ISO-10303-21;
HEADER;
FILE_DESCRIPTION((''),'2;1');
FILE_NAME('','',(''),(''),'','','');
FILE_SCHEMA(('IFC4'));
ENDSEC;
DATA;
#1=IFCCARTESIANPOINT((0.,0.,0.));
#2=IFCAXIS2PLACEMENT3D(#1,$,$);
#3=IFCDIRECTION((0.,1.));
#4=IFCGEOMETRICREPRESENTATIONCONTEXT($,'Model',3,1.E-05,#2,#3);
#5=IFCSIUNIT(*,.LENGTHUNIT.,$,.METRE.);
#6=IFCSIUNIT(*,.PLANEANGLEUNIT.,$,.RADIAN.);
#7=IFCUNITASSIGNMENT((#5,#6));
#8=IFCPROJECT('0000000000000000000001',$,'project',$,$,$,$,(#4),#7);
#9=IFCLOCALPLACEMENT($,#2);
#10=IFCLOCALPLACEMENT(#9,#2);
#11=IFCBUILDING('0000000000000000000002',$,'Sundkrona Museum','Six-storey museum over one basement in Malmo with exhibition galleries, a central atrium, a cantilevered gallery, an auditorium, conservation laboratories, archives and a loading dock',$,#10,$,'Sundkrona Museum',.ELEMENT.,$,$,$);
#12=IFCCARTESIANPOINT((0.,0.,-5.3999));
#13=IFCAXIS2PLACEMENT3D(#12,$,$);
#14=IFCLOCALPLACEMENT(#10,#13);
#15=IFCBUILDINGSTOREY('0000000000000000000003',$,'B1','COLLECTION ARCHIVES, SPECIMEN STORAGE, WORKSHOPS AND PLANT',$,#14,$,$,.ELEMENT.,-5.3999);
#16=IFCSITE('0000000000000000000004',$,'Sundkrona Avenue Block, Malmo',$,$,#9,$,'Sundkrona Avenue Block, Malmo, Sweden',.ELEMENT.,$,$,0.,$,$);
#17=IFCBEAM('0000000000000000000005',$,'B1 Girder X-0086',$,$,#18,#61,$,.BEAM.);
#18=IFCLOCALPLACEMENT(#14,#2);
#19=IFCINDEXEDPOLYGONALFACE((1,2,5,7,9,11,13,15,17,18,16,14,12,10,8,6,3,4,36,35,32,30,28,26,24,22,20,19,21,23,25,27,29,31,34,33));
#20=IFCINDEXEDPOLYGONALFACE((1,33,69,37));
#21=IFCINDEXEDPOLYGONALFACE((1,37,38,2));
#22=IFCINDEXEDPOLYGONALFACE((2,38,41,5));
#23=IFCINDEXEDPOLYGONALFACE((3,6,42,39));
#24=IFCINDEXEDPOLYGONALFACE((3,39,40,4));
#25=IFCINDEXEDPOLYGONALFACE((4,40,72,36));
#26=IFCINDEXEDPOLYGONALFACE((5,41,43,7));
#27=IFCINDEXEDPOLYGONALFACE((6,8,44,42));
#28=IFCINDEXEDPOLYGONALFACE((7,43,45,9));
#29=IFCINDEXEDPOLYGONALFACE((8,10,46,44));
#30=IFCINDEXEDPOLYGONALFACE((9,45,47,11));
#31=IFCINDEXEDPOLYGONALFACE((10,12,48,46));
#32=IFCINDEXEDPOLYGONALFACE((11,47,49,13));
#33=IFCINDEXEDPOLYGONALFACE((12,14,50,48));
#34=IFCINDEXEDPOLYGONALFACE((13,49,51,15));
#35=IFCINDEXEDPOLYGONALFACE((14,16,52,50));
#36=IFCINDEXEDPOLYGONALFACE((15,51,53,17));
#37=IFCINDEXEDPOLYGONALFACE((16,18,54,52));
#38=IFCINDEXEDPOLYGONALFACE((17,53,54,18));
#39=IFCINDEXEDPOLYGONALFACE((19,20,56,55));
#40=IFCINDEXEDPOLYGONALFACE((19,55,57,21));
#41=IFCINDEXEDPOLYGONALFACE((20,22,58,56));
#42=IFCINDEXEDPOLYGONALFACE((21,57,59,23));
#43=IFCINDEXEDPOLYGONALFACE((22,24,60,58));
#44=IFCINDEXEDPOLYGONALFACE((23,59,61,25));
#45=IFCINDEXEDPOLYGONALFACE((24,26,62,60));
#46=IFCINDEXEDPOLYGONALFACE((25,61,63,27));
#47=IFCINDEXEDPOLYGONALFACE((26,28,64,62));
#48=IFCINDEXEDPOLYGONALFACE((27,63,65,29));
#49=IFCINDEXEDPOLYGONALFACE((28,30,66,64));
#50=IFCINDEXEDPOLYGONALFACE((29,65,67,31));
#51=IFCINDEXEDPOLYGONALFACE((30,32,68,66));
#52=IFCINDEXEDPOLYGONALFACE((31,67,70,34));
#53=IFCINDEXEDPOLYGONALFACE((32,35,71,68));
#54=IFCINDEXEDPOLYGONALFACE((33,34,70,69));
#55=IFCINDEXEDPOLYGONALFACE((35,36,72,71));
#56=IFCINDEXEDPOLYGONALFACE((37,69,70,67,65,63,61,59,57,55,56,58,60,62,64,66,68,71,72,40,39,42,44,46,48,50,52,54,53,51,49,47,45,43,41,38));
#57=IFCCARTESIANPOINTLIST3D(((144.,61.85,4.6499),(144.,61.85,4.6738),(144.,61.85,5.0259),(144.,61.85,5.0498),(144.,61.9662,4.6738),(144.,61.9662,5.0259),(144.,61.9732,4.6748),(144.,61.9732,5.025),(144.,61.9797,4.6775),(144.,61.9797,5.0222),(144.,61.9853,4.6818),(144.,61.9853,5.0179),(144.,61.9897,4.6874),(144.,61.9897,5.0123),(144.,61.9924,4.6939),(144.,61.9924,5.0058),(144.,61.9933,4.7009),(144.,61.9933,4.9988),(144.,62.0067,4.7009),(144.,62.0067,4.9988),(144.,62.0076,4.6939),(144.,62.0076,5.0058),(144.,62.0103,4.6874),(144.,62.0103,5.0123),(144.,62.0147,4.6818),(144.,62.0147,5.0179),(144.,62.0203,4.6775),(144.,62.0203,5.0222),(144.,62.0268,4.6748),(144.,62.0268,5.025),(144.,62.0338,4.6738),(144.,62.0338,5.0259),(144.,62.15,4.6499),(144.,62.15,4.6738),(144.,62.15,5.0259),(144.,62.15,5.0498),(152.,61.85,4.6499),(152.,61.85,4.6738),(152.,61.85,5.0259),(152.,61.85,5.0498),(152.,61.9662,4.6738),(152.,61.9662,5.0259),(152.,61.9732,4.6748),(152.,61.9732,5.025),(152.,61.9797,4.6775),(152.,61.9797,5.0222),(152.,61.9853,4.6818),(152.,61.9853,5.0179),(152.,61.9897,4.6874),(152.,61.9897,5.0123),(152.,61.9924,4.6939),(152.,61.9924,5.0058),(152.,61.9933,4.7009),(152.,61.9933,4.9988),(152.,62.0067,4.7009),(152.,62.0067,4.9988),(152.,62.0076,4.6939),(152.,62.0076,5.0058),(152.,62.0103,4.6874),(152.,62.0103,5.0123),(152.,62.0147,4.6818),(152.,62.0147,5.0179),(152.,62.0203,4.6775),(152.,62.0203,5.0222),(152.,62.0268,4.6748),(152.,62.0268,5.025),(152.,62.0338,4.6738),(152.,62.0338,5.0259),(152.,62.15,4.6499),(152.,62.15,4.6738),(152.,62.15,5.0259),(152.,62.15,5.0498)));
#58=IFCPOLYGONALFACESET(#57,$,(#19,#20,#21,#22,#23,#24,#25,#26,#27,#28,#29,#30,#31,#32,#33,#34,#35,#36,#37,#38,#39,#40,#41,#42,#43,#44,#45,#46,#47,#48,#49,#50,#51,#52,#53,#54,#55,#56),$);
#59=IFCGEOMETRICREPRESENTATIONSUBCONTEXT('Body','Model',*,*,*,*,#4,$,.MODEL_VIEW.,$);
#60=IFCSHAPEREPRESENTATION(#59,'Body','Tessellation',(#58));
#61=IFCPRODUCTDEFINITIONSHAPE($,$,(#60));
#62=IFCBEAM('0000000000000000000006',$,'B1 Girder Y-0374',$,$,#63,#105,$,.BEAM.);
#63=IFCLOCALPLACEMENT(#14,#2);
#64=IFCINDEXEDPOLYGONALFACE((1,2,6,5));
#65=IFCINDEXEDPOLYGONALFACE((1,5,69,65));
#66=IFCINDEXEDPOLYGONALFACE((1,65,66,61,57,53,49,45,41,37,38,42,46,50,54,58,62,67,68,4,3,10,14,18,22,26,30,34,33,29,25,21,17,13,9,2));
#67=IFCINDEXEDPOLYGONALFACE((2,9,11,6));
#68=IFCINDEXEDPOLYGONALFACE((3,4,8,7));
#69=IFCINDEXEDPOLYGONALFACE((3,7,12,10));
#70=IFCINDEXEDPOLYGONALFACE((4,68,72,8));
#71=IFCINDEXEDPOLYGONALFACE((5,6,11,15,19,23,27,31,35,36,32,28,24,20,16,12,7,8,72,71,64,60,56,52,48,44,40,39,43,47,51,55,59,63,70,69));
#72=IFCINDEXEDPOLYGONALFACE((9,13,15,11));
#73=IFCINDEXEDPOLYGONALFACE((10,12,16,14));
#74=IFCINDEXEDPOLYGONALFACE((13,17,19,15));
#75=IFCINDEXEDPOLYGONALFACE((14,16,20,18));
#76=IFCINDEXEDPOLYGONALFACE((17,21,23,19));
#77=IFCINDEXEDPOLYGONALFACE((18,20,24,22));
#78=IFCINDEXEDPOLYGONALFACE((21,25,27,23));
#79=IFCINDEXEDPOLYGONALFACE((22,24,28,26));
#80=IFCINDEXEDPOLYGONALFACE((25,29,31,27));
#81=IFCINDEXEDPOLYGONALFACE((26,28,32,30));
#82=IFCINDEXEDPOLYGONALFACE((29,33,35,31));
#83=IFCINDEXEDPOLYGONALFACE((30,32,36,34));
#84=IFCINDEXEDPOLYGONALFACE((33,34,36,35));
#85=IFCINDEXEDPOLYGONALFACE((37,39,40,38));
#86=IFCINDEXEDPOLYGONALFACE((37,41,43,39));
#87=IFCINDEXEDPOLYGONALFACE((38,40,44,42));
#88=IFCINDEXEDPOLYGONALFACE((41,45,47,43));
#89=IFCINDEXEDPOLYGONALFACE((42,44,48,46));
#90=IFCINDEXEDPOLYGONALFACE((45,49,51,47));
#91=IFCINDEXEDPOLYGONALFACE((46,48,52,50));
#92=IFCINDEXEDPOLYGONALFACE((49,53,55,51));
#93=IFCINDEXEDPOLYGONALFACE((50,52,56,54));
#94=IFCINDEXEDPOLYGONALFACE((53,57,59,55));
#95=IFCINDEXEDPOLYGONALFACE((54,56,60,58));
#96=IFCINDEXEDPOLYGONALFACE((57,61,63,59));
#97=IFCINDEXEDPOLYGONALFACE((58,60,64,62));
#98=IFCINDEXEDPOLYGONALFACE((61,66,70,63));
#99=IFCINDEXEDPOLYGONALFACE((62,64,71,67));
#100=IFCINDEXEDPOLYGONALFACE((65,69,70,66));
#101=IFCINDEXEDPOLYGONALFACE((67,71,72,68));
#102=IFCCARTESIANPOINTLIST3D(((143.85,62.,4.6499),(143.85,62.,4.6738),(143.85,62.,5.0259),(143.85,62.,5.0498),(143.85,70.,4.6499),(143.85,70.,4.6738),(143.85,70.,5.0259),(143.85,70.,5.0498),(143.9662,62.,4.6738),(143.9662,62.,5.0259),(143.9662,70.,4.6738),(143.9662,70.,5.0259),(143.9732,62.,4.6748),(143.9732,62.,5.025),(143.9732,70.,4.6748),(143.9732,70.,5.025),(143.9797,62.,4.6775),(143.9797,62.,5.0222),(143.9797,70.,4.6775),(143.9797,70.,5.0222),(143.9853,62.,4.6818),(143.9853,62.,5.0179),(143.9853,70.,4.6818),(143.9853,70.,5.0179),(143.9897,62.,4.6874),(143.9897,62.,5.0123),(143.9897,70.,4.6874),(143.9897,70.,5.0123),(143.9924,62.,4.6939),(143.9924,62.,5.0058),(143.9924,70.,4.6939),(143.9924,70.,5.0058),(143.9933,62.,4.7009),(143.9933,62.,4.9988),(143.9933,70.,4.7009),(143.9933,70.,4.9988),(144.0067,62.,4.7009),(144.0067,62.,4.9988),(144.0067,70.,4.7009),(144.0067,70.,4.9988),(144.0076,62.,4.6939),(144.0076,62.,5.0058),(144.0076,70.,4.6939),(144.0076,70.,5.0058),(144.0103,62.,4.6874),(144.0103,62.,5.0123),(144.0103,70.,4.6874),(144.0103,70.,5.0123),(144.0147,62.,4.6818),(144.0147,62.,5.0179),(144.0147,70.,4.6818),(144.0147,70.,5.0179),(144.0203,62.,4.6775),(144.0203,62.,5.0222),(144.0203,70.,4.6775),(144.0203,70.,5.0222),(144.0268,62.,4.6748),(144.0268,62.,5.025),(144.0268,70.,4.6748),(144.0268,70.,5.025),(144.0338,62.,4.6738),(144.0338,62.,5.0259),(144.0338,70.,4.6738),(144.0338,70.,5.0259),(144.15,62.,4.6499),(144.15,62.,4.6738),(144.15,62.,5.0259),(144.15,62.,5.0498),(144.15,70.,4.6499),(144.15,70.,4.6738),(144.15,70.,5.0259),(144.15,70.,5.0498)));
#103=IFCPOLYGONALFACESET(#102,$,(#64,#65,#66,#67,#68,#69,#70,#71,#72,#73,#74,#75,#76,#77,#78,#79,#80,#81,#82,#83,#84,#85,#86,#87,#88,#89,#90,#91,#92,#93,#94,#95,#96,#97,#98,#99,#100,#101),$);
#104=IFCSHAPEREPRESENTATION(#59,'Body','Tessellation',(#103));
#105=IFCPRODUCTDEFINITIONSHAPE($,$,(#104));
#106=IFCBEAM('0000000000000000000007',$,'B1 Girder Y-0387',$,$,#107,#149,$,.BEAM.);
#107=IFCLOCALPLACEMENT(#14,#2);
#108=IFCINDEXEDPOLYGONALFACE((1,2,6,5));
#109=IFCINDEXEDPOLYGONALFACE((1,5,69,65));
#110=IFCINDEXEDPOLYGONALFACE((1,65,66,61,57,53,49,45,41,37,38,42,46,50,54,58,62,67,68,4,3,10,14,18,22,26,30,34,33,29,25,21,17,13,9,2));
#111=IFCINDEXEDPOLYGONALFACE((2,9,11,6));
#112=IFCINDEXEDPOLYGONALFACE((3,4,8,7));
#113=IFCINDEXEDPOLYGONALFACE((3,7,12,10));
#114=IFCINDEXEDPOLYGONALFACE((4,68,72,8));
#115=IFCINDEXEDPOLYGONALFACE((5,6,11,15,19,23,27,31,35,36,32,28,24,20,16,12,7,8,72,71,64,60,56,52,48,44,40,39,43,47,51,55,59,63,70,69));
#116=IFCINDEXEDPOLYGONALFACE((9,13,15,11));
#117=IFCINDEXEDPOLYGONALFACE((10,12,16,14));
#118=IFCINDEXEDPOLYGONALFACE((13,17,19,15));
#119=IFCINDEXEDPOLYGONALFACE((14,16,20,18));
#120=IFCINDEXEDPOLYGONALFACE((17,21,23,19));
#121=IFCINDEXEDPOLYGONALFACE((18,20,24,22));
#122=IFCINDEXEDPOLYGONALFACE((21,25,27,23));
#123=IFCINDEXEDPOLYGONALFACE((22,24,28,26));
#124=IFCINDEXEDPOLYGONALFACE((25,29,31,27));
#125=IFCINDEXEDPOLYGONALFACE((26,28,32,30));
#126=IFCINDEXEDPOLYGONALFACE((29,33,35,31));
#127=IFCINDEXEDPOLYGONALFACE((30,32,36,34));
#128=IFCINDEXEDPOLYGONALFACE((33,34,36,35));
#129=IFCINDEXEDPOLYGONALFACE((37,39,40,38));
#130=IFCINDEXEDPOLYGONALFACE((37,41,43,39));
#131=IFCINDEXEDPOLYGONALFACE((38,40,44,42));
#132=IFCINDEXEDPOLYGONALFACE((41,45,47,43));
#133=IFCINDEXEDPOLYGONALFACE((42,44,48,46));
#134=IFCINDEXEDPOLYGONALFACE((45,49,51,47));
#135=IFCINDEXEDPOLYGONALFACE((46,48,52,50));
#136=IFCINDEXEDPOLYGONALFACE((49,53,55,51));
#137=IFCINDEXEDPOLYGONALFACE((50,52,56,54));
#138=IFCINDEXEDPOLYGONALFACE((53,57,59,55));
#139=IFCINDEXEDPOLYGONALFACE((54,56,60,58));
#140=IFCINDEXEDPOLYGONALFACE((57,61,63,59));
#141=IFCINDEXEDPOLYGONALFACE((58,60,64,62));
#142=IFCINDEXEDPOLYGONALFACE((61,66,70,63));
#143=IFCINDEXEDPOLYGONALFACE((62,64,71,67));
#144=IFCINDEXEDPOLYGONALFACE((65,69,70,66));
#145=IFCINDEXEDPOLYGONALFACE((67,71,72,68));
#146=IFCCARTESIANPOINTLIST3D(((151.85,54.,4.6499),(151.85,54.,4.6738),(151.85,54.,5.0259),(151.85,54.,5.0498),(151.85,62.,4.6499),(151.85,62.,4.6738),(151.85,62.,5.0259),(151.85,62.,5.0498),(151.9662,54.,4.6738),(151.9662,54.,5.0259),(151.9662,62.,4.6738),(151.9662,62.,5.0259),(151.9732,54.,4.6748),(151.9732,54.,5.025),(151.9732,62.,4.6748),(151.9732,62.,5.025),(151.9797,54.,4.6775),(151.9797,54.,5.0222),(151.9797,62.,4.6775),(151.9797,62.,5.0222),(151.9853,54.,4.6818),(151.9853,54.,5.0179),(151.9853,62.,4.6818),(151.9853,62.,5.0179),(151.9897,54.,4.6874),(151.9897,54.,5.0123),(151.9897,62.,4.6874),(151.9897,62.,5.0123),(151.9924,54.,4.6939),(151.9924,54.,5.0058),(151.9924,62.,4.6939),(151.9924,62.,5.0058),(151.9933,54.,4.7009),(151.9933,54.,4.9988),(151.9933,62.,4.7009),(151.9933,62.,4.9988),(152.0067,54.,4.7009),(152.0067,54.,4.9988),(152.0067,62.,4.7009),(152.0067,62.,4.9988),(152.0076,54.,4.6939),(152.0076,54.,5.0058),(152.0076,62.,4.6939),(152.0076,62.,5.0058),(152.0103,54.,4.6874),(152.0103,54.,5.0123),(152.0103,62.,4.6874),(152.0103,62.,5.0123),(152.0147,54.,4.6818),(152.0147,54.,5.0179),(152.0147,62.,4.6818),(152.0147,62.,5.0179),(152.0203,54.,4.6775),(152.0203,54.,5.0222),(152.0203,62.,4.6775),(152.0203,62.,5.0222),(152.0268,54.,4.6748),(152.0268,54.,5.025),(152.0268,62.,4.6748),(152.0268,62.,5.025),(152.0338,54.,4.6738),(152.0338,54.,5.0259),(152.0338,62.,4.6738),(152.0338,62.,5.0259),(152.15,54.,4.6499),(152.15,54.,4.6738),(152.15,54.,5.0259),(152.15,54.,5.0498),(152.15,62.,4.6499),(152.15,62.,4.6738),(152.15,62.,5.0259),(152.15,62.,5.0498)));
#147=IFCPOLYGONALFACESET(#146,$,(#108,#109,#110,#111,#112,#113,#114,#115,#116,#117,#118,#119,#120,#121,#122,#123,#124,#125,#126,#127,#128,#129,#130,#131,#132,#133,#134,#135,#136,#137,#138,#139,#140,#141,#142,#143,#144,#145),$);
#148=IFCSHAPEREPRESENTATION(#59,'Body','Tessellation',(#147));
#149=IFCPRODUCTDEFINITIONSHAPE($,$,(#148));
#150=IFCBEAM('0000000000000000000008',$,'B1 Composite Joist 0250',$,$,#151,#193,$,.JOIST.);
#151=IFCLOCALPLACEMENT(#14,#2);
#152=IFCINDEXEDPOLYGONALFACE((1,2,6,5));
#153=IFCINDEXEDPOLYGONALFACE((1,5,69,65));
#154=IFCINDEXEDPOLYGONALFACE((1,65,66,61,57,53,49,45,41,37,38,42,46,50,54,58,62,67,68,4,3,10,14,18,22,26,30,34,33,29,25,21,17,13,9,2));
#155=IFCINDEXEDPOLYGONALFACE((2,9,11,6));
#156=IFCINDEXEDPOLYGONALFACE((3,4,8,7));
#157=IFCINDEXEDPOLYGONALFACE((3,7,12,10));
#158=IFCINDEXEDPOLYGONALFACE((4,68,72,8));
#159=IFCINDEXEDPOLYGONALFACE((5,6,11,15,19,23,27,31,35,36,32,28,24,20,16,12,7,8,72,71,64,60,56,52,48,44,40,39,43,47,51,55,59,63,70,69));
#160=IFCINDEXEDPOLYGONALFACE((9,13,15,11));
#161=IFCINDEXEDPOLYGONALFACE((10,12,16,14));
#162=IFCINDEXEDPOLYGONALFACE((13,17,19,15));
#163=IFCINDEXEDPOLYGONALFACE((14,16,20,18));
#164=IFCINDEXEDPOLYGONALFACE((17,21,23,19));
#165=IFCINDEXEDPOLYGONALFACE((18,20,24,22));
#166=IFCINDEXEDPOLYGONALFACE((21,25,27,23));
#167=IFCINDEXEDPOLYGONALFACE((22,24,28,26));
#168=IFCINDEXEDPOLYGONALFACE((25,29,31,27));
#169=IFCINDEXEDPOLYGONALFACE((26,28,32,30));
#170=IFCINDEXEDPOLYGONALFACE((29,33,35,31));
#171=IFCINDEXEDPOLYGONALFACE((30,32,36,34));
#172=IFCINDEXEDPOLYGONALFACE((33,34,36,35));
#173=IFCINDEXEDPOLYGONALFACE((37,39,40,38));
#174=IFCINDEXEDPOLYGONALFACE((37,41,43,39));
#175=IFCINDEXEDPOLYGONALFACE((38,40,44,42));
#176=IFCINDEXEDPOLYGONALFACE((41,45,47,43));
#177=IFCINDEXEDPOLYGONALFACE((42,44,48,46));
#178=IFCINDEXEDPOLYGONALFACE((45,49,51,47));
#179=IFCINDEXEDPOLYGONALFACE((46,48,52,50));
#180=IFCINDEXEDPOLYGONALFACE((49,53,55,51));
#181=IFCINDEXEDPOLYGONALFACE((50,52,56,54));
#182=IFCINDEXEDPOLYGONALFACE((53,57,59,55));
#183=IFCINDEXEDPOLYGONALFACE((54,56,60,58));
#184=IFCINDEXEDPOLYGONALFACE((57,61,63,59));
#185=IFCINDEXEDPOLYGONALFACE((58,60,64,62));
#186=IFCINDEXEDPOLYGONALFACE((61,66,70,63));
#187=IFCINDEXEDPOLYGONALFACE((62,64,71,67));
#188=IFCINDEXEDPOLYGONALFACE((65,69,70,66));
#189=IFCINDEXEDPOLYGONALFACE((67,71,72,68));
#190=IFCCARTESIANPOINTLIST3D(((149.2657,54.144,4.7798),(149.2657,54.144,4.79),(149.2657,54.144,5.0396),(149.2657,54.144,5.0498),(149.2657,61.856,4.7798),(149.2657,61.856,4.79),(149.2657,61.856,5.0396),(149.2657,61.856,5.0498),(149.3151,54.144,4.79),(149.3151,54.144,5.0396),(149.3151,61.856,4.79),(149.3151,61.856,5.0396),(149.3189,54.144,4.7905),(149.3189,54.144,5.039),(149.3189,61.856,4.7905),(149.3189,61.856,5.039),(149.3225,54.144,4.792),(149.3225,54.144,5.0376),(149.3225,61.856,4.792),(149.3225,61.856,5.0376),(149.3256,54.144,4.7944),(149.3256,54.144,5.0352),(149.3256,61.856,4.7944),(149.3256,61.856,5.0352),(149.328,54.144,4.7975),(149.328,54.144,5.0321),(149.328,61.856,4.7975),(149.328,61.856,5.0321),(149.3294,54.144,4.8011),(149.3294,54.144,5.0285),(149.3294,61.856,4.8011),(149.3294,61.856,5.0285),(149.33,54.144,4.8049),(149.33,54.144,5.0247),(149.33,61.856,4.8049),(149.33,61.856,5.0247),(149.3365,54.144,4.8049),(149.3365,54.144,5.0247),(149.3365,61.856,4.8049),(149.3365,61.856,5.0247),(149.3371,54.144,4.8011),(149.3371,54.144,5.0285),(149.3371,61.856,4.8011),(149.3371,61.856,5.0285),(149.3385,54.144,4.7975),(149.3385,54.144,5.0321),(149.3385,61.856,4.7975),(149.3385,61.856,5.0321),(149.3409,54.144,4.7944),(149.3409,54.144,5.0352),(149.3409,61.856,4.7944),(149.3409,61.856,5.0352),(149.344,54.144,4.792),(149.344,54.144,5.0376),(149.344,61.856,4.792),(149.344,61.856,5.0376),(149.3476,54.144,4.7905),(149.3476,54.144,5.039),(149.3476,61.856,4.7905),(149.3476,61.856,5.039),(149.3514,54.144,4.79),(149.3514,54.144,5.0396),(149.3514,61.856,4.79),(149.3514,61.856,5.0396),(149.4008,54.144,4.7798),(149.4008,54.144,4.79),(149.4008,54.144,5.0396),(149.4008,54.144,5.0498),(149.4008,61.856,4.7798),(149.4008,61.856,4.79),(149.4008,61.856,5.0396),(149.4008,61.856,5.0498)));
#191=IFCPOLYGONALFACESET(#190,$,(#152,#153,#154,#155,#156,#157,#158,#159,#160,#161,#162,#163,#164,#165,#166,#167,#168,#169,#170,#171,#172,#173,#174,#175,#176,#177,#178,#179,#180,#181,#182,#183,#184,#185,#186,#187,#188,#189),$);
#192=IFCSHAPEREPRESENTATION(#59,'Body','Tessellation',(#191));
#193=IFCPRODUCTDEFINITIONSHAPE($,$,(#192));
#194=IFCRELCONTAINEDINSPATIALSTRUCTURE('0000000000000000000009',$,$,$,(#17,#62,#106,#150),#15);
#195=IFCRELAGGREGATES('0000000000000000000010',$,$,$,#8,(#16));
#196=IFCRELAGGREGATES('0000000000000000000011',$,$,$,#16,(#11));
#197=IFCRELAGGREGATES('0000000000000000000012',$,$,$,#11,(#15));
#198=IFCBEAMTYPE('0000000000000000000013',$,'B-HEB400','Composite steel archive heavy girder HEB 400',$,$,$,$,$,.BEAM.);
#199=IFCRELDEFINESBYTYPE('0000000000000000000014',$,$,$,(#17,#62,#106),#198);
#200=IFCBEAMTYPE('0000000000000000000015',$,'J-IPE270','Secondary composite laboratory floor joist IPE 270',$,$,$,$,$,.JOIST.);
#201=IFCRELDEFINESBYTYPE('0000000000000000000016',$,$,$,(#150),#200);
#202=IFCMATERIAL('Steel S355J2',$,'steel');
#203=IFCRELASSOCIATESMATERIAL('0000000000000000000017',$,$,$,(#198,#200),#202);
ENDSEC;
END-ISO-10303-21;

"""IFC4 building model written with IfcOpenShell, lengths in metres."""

from ifc_helpers import new_model, si_unit, direction, frame, origin, origin_2d, place, context, subcontext, project, spatial, i_section, extrude, material, material_profile, profile_set, type_object, element, save


model = new_model("IFC4")

# Units and contexts
model_context = context("Model", 3, precision=1e-05, world=origin(), true_north=direction((0.0, 1.0)))
body_context = subcontext(model_context, "Body", "Model", "MODEL_VIEW")
ifc_project = project(units=[si_unit("LENGTHUNIT", "METRE"), si_unit("PLANEANGLEUNIT", "RADIAN")], contexts=[model_context])

# Site, building, storey
site_placement = place(None, origin())
site = spatial("IfcSite", under=ifc_project, at=site_placement, Name="Sundkrona Avenue Block, Malmo", LongName="Sundkrona Avenue Block, Malmo, Sweden", CompositionType="ELEMENT", RefElevation=0.0)
building_placement = place(site_placement, origin())
building = spatial("IfcBuilding", under=site, at=building_placement, Name="Sundkrona Museum", Description="Six-storey museum over one basement in Malmo with exhibition galleries, a central atrium, a cantilevered gallery, an auditorium, conservation laboratories, archives and a loading dock", LongName="Sundkrona Museum", CompositionType="ELEMENT")
storey_placement = place(building_placement, frame((0.0, 0.0, -5.3999)))
storey = spatial("IfcBuildingStorey", under=building, at=storey_placement, Name="B1", Description="COLLECTION ARCHIVES, SPECIMEN STORAGE, WORKSHOPS AND PLANT", CompositionType="ELEMENT", Elevation=-5.3999)

# Beams
ifc_material_1 = material(Name="Steel S355J2", Category="steel")
ifc_material_profile_1 = material_profile(ifc_material_1, i_section(OverallWidth=0.3, OverallDepth=0.3999, WebThickness=0.0134, FlangeThickness=0.0239, FilletRadius=0.0271, at=origin_2d()), Name="HEB 400")
ifc_profile_set_1 = profile_set([ifc_material_profile_1], Name="Steel S355J2")
beam_type_1 = type_object("IfcBeamType", Name="B-HEB400", Description="Composite steel archive heavy girder HEB 400", PredefinedType="BEAM", material=ifc_profile_set_1)
for number, where, z_axis, x_axis, name in (
    (1, (144.0, 62.0, 4.8499), (1.0, 0.0, 0.0), (0.0, 1.0, 0.0), "B1 Girder X-0086"),
    (2, (144.0, 62.0, 4.8499), (0.0, 1.0, 0.0), (-1.0, 0.0, 0.0), "B1 Girder Y-0374"),
    (3, (152.0, 54.0, 4.8499), (0.0, 1.0, 0.0), (-1.0, 0.0, 0.0), "B1 Girder Y-0387"),
):
    element("IfcBeam", number, at=place(storey_placement, frame(where, z_axis=z_axis, x_axis=x_axis)), inside=storey, type_object=beam_type_1, Name=name, PredefinedType="BEAM", context=body_context, shape_type="SweptSolid", body=[
        extrude(i_section(OverallWidth=0.3, OverallDepth=0.3999, WebThickness=0.0134, FlangeThickness=0.0239, FilletRadius=0.0271, at=origin_2d()), origin(), (0.0, 0.0, 1.0), 8.0),
    ])
ifc_material_profile_2 = material_profile(ifc_material_1, i_section(OverallWidth=0.135, OverallDepth=0.27, WebThickness=0.0066, FlangeThickness=0.0103, FilletRadius=0.0149, at=origin_2d()), Name="IPE 270")
ifc_profile_set_2 = profile_set([ifc_material_profile_2], Name="Steel S355J2")
beam_type_2 = type_object("IfcBeamType", Name="J-IPE270", Description="Secondary composite laboratory floor joist IPE 270", PredefinedType="JOIST", material=ifc_profile_set_2)
beam_1_placement = place(storey_placement, frame((149.3333, 54.144, 4.9148), z_axis=(0.0, 1.0, 0.0), x_axis=(-1.0, 0.0, 0.0)))
element("IfcBeam", 4, at=beam_1_placement, inside=storey, type_object=beam_type_2, Name="B1 Composite Joist 0250", PredefinedType="JOIST", context=body_context, shape_type="SweptSolid", body=[
    extrude(i_section(OverallWidth=0.135, OverallDepth=0.27, WebThickness=0.0066, FlangeThickness=0.0103, FilletRadius=0.0149, at=origin_2d()), origin(), (0.0, 0.0, 1.0), 7.7119),
])

save(model, "model.ifc")
